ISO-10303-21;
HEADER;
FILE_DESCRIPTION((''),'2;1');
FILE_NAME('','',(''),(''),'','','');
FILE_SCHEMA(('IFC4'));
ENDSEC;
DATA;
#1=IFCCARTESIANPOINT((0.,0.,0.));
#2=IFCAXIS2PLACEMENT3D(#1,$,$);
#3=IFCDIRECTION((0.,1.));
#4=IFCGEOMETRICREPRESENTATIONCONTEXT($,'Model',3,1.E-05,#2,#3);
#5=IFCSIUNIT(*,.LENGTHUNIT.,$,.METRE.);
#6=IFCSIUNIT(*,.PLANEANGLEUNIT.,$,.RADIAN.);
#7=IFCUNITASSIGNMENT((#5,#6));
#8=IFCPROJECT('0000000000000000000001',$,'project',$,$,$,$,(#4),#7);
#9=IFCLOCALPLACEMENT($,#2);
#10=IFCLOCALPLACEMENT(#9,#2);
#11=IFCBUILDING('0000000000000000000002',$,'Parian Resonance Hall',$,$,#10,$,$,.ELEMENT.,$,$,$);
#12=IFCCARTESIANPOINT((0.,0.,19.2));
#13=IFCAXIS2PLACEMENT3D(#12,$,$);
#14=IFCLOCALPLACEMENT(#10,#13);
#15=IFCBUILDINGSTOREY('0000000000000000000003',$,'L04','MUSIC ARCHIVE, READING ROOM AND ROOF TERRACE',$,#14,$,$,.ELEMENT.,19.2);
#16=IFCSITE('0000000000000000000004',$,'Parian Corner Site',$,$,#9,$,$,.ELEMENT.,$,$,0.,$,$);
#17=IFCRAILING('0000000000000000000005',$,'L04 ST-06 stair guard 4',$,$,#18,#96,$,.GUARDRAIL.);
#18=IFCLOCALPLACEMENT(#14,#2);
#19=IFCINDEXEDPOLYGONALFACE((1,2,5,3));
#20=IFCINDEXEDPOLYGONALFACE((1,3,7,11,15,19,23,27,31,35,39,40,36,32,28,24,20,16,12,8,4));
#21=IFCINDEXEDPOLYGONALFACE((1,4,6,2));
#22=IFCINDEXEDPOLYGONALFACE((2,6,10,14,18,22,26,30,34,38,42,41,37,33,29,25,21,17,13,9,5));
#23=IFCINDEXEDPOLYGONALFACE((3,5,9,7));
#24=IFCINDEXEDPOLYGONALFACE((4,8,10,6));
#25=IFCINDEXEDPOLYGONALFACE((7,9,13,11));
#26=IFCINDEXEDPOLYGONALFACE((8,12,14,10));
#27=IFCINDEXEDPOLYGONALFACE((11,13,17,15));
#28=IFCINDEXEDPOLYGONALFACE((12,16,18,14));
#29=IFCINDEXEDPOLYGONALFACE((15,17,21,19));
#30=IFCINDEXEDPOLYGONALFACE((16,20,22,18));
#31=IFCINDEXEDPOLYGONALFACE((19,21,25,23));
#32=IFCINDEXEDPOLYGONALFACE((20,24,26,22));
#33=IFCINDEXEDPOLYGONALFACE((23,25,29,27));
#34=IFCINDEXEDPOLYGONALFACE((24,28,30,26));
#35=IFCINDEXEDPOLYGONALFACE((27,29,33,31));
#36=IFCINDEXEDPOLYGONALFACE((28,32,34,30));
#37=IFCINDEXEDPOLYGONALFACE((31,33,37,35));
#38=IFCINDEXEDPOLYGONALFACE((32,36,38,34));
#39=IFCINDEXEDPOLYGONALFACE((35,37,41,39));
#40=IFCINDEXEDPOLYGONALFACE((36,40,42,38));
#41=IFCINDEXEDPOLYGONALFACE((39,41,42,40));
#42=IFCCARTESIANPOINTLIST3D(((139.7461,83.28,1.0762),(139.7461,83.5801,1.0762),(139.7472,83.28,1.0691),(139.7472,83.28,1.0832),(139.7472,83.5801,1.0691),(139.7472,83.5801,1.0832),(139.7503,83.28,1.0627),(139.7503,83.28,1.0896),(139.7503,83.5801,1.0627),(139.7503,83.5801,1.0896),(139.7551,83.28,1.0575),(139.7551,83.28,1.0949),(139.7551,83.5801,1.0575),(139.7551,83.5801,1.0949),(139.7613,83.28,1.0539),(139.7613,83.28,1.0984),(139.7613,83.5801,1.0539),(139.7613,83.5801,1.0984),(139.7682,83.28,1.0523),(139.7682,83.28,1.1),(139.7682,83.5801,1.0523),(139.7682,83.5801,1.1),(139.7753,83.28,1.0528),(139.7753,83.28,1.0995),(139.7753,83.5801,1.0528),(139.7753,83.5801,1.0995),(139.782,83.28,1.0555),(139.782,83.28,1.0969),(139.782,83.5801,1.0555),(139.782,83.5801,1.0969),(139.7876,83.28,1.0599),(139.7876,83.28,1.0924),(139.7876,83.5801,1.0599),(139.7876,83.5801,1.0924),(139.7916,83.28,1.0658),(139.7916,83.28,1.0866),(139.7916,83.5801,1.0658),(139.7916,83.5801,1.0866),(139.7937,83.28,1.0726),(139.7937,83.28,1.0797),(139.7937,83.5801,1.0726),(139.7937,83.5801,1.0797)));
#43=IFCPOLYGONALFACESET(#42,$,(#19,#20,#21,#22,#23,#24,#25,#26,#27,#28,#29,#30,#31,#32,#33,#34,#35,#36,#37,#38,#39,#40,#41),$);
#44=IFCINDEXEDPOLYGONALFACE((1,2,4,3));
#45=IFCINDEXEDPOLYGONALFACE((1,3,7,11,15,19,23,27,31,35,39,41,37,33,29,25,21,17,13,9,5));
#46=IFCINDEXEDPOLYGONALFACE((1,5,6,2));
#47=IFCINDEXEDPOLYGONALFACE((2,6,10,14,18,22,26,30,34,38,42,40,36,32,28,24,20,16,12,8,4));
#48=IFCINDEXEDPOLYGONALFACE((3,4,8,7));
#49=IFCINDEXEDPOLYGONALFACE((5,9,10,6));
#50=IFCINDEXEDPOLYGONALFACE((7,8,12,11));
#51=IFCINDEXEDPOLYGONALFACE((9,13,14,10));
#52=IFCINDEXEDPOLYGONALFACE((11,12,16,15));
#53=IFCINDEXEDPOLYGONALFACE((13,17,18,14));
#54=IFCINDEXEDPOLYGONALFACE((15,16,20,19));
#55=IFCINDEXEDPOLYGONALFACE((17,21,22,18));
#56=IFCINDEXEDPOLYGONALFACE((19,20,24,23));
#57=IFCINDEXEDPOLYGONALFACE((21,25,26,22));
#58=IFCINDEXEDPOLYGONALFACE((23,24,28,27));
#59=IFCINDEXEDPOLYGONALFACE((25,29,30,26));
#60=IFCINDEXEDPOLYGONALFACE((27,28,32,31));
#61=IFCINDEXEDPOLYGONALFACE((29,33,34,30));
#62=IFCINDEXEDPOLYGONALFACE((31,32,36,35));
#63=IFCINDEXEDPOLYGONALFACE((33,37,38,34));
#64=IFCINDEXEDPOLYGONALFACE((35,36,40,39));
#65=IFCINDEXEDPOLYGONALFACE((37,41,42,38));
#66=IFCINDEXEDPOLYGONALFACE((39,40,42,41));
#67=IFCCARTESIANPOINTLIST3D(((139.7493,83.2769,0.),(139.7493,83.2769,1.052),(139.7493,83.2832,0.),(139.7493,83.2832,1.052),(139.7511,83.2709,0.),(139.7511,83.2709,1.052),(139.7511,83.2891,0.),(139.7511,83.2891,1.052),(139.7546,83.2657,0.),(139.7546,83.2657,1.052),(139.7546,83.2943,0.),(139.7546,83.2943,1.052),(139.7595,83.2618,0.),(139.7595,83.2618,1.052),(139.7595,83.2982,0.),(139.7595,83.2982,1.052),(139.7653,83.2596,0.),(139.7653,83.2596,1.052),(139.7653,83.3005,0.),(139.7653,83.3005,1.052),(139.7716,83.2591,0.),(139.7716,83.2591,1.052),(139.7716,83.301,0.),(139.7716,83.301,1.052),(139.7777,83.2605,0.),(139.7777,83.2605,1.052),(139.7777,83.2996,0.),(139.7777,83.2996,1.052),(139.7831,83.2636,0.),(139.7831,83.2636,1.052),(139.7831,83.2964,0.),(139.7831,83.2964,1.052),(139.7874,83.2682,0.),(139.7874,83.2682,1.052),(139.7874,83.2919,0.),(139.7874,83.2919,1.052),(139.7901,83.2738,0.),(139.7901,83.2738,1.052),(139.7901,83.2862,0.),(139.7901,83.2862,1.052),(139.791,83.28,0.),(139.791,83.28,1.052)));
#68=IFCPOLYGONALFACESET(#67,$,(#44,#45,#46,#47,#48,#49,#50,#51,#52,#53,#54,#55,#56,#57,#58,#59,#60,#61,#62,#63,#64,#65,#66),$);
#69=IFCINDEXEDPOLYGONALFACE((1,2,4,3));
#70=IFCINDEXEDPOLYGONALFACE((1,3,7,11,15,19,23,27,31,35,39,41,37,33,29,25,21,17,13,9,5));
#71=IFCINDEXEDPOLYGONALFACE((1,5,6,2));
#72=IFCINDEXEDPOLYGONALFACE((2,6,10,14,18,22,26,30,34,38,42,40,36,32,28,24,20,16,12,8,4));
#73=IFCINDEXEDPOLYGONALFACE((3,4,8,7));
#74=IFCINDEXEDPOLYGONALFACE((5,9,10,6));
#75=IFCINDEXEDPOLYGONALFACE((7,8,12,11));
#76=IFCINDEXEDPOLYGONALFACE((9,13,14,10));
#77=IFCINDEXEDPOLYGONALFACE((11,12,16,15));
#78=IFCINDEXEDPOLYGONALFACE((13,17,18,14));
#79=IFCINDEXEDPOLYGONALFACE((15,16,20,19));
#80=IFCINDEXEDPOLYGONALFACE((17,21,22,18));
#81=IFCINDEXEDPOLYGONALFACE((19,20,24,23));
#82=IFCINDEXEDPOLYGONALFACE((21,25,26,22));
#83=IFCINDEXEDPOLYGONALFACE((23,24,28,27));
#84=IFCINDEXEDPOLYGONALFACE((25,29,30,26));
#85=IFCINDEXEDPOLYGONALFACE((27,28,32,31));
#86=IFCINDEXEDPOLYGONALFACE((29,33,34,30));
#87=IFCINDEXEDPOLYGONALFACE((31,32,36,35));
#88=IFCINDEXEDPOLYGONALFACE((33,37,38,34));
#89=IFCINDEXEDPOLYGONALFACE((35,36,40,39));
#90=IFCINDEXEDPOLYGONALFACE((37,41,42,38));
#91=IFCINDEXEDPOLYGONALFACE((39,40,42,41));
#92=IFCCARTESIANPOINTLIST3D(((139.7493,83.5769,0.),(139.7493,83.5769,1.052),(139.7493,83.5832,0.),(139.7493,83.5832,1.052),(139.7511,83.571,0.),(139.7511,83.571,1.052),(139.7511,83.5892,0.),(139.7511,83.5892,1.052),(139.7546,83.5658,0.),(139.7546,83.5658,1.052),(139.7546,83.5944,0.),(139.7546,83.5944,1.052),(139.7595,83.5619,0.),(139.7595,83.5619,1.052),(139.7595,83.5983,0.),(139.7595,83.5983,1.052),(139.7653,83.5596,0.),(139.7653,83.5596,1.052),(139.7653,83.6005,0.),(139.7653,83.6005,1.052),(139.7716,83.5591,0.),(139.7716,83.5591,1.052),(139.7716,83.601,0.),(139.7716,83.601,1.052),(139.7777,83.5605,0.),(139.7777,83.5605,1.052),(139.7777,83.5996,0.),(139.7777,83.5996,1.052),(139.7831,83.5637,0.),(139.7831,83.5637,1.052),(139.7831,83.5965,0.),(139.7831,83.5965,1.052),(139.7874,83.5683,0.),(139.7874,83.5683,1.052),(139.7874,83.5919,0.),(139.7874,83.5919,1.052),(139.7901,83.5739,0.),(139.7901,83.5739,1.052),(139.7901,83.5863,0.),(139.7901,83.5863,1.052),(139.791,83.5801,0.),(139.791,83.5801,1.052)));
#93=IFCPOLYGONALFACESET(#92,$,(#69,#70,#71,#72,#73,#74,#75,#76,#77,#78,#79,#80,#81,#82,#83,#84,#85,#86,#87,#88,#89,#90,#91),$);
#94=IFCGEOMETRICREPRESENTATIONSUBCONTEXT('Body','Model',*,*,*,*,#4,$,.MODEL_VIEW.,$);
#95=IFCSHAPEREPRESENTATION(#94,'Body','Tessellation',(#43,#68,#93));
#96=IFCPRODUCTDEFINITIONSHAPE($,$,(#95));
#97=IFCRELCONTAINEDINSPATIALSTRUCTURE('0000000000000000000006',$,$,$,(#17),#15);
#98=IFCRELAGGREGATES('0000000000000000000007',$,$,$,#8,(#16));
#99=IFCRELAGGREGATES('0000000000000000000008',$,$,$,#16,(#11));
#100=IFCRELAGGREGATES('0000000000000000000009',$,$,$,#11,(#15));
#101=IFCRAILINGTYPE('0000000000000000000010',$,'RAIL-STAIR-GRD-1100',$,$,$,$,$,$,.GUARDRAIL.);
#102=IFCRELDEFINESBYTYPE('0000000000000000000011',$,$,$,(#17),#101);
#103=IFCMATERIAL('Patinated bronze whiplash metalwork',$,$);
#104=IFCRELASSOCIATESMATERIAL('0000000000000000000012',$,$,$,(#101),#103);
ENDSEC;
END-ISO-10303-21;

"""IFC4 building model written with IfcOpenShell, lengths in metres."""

from ifc_helpers import new_model, si_unit, direction, frame, origin, origin_2d, place, context, subcontext, project, spatial, circle, extrude, material, type_object, element, save


model = new_model("IFC4")

# Units and contexts
model_context = context("Model", 3, precision=1e-05, world=origin(), true_north=direction((0.0, 1.0)))
body_context = subcontext(model_context, "Body", "Model", "MODEL_VIEW")
ifc_project = project(units=[si_unit("LENGTHUNIT", "METRE"), si_unit("PLANEANGLEUNIT", "RADIAN")], contexts=[model_context])

# Site, building, storey
site_placement = place(None, origin())
site = spatial("IfcSite", under=ifc_project, at=site_placement, Name="Parian Corner Site", CompositionType="ELEMENT", RefElevation=0.0)
building_placement = place(site_placement, origin())
building = spatial("IfcBuilding", under=site, at=building_placement, Name="Parian Resonance Hall", CompositionType="ELEMENT")
storey_placement = place(building_placement, frame((0.0, 0.0, 19.2)))
storey = spatial("IfcBuildingStorey", under=building, at=storey_placement, Name="L04", Description="MUSIC ARCHIVE, READING ROOM AND ROOF TERRACE", CompositionType="ELEMENT", Elevation=19.2)

# Railing
ifc_material_1 = material(Name="Patinated bronze whiplash metalwork")
railing_type_1 = type_object("IfcRailingType", Name="RAIL-STAIR-GRD-1100", PredefinedType="GUARDRAIL", material=ifc_material_1)
railing_1_placement = place(storey_placement, frame((139.77, 83.28, 0.0)))
element("IfcRailing", 1, at=railing_1_placement, inside=storey, type_object=railing_type_1, Name="L04 ST-06 stair guard 4", PredefinedType="GUARDRAIL", context=body_context, shape_type="SweptSolid", body=[
    extrude(circle(Radius=0.0239, at=origin_2d()), frame((0.0, 0.0, 1.0762), z_axis=(0.0, 1.0, 0.0), x_axis=(-1.0, 0.0, 0.0)), (0.0, 0.0, 1.0), 0.3),
    extrude(circle(Radius=0.021, at=origin_2d()), origin(), (0.0, 0.0, 1.0), 1.052),
    extrude(circle(Radius=0.021, at=origin_2d()), frame((0.0, 0.3, 0.0)), (0.0, 0.0, 1.0), 1.052),
])

save(model, "model.ifc")
